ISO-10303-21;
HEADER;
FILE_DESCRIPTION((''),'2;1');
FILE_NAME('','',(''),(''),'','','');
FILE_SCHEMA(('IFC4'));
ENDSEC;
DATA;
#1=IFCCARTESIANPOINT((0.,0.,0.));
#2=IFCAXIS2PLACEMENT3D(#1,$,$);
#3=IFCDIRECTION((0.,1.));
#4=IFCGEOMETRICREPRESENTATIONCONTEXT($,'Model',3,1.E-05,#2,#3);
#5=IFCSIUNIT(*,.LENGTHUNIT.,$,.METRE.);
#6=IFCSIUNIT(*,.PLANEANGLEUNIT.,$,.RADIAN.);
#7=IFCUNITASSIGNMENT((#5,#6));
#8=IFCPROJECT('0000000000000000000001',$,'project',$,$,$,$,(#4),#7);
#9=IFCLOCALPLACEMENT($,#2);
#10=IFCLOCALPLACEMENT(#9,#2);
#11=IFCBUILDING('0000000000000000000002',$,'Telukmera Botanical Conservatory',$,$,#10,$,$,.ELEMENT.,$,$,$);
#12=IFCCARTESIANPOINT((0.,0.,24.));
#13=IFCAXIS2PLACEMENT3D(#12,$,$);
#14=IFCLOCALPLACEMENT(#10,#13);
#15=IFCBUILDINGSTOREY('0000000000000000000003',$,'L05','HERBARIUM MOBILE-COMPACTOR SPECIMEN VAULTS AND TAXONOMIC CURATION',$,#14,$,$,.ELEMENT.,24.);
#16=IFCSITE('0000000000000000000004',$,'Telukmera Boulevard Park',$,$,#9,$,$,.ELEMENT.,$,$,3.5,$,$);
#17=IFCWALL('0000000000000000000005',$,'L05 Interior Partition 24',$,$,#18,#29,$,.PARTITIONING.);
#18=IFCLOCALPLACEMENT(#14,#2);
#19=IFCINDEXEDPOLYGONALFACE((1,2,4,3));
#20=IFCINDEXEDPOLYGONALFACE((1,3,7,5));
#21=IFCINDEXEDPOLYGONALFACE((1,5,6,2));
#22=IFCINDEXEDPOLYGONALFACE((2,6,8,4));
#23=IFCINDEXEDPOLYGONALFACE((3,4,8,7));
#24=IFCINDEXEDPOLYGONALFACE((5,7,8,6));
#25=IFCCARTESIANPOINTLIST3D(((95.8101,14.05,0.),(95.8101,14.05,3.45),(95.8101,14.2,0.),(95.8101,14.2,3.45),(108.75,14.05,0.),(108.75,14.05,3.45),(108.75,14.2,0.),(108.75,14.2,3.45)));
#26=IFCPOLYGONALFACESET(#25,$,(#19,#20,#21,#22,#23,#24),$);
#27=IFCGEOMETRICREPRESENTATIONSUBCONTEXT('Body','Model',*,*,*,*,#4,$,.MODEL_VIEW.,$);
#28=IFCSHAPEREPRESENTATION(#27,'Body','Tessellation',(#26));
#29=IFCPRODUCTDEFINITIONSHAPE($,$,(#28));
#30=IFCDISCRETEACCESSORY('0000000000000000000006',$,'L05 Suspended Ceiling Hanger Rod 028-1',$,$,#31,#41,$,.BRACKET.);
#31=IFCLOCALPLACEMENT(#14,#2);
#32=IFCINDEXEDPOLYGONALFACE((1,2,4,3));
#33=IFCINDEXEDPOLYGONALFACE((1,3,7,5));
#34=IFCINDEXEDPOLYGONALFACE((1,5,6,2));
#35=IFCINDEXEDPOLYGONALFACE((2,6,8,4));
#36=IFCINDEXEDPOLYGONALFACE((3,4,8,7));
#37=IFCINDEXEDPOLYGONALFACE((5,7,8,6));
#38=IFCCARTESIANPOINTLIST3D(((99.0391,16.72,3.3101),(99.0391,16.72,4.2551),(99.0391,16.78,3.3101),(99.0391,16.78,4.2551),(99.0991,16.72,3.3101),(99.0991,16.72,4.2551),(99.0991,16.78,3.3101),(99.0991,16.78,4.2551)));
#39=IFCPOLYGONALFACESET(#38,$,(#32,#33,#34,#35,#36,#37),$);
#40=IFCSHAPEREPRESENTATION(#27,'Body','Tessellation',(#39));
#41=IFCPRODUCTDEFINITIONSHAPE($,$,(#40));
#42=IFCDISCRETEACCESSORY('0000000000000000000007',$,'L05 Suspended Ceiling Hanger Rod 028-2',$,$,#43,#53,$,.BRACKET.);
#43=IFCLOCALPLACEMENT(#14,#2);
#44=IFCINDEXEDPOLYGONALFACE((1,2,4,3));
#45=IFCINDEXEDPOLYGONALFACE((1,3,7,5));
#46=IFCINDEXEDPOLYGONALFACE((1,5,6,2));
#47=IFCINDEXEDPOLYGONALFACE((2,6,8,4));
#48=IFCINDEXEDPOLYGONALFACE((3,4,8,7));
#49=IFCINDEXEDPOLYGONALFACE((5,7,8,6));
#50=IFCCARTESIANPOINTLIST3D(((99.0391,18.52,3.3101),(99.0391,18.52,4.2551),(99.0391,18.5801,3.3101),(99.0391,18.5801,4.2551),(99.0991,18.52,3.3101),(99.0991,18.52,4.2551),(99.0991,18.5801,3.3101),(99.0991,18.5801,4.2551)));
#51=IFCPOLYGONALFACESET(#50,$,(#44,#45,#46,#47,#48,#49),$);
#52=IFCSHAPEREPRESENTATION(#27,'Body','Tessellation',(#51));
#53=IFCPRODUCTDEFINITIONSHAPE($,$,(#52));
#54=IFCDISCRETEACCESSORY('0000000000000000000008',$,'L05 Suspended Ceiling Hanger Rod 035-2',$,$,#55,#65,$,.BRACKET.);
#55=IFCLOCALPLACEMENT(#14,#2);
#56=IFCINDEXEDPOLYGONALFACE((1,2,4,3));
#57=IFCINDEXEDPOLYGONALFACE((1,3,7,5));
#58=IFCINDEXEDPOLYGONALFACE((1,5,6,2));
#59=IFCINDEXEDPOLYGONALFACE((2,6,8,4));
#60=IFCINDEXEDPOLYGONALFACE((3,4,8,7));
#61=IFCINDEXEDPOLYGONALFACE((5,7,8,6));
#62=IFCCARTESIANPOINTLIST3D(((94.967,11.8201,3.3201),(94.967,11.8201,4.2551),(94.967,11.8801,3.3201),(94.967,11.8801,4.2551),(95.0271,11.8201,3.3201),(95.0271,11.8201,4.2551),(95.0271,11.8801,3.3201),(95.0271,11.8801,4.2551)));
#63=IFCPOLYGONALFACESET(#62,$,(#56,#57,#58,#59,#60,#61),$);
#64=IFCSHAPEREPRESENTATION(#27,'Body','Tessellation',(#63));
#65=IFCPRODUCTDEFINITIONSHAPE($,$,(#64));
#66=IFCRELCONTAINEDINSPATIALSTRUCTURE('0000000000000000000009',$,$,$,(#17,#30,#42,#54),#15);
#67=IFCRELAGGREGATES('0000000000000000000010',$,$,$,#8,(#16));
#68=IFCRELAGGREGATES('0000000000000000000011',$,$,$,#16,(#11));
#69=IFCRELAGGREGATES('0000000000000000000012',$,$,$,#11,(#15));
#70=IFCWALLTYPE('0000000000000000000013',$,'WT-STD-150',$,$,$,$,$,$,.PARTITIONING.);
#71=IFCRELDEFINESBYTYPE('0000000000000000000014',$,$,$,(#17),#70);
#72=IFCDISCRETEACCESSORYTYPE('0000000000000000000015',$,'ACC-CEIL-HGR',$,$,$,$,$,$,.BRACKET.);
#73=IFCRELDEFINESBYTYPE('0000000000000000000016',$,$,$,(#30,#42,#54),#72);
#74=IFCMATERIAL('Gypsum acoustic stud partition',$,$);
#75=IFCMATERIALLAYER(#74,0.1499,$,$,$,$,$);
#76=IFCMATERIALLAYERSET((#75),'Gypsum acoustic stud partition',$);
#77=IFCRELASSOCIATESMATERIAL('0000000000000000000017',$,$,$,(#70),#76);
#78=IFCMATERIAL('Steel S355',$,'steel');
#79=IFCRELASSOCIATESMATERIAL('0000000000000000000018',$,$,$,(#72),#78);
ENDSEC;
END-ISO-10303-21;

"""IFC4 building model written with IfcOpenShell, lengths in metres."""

from ifc_helpers import new_model, si_unit, direction, frame, frame_2d, origin, origin_2d, place, context, subcontext, project, spatial, rectangle, extrude, material, layer, layer_set, type_object, element, save


model = new_model("IFC4")

# Units and contexts
model_context = context("Model", 3, precision=1e-05, world=origin(), true_north=direction((0.0, 1.0)))
body_context = subcontext(model_context, "Body", "Model", "MODEL_VIEW")
ifc_project = project(units=[si_unit("LENGTHUNIT", "METRE"), si_unit("PLANEANGLEUNIT", "RADIAN")], contexts=[model_context])

# Site, building, storey
site_placement = place(None, origin())
site = spatial("IfcSite", under=ifc_project, at=site_placement, Name="Telukmera Boulevard Park", CompositionType="ELEMENT", RefElevation=3.5)
building_placement = place(site_placement, origin())
building = spatial("IfcBuilding", under=site, at=building_placement, Name="Telukmera Botanical Conservatory", CompositionType="ELEMENT")
storey_placement = place(building_placement, frame((0.0, 0.0, 24.0)))
storey = spatial("IfcBuildingStorey", under=building, at=storey_placement, Name="L05", Description="HERBARIUM MOBILE-COMPACTOR SPECIMEN VAULTS AND TAXONOMIC CURATION", CompositionType="ELEMENT", Elevation=24.0)

# Shared definitions
ifc_material_1 = material(Name="Gypsum acoustic stud partition")
ifc_layer_1 = layer(ifc_material_1, 0.1499)
ifc_layer_set_1 = layer_set([ifc_layer_1], Name="Gypsum acoustic stud partition")
wall_type_1 = type_object("IfcWallType", Name="WT-STD-150", PredefinedType="PARTITIONING", material=ifc_layer_set_1)

# Wall
wall_1_placement = place(storey_placement, frame((95.8101, 14.125, 0.0), z_axis=(0.0, 0.0, 1.0), x_axis=(1.0, 0.0, 0.0)))
element("IfcWall", 1, at=wall_1_placement, inside=storey, type_object=wall_type_1, Name="L05 Interior Partition 24", PredefinedType="PARTITIONING", context=body_context, shape_type="SweptSolid", body=[
    extrude(rectangle(XDim=12.9399, YDim=0.1499, at=frame_2d((6.47, 0.0))), origin(), (0.0, 0.0, 1.0), 3.45),
])

# Discrete accessories
ifc_material_2 = material(Name="Steel S355", Category="steel")
discrete_accessory_type = type_object("IfcDiscreteAccessoryType", Name="ACC-CEIL-HGR", PredefinedType="BRACKET", material=ifc_material_2)
for number, where, z_axis, x_axis, name in (
    (2, (99.0691, 16.75, 3.3101), (0.0, 0.0, 1.0), (1.0, 0.0, 0.0), "L05 Suspended Ceiling Hanger Rod 028-1"),
    (3, (99.0691, 18.55, 3.3101), (0.0, 0.0, 1.0), (1.0, 0.0, 0.0), "L05 Suspended Ceiling Hanger Rod 028-2"),
):
    element("IfcDiscreteAccessory", number, at=place(storey_placement, frame(where, z_axis=z_axis, x_axis=x_axis)), inside=storey, type_object=discrete_accessory_type, Name=name, PredefinedType="BRACKET", context=body_context, shape_type="SweptSolid", body=[
        extrude(rectangle(XDim=0.0601, YDim=0.0601, at=origin_2d()), origin(), (0.0, 0.0, 1.0), 0.9451),
    ])
discrete_accessory_placement = place(storey_placement, frame((94.9971, 11.8501, 3.3201), z_axis=(0.0, 0.0, 1.0), x_axis=(1.0, 0.0, 0.0)))
element("IfcDiscreteAccessory", 4, at=discrete_accessory_placement, inside=storey, type_object=discrete_accessory_type, Name="L05 Suspended Ceiling Hanger Rod 035-2", PredefinedType="BRACKET", context=body_context, shape_type="SweptSolid", body=[
    extrude(rectangle(XDim=0.0601, YDim=0.0601, at=origin_2d()), origin(), (0.0, 0.0, 1.0), 0.9351),
])

save(model, "model.ifc")
